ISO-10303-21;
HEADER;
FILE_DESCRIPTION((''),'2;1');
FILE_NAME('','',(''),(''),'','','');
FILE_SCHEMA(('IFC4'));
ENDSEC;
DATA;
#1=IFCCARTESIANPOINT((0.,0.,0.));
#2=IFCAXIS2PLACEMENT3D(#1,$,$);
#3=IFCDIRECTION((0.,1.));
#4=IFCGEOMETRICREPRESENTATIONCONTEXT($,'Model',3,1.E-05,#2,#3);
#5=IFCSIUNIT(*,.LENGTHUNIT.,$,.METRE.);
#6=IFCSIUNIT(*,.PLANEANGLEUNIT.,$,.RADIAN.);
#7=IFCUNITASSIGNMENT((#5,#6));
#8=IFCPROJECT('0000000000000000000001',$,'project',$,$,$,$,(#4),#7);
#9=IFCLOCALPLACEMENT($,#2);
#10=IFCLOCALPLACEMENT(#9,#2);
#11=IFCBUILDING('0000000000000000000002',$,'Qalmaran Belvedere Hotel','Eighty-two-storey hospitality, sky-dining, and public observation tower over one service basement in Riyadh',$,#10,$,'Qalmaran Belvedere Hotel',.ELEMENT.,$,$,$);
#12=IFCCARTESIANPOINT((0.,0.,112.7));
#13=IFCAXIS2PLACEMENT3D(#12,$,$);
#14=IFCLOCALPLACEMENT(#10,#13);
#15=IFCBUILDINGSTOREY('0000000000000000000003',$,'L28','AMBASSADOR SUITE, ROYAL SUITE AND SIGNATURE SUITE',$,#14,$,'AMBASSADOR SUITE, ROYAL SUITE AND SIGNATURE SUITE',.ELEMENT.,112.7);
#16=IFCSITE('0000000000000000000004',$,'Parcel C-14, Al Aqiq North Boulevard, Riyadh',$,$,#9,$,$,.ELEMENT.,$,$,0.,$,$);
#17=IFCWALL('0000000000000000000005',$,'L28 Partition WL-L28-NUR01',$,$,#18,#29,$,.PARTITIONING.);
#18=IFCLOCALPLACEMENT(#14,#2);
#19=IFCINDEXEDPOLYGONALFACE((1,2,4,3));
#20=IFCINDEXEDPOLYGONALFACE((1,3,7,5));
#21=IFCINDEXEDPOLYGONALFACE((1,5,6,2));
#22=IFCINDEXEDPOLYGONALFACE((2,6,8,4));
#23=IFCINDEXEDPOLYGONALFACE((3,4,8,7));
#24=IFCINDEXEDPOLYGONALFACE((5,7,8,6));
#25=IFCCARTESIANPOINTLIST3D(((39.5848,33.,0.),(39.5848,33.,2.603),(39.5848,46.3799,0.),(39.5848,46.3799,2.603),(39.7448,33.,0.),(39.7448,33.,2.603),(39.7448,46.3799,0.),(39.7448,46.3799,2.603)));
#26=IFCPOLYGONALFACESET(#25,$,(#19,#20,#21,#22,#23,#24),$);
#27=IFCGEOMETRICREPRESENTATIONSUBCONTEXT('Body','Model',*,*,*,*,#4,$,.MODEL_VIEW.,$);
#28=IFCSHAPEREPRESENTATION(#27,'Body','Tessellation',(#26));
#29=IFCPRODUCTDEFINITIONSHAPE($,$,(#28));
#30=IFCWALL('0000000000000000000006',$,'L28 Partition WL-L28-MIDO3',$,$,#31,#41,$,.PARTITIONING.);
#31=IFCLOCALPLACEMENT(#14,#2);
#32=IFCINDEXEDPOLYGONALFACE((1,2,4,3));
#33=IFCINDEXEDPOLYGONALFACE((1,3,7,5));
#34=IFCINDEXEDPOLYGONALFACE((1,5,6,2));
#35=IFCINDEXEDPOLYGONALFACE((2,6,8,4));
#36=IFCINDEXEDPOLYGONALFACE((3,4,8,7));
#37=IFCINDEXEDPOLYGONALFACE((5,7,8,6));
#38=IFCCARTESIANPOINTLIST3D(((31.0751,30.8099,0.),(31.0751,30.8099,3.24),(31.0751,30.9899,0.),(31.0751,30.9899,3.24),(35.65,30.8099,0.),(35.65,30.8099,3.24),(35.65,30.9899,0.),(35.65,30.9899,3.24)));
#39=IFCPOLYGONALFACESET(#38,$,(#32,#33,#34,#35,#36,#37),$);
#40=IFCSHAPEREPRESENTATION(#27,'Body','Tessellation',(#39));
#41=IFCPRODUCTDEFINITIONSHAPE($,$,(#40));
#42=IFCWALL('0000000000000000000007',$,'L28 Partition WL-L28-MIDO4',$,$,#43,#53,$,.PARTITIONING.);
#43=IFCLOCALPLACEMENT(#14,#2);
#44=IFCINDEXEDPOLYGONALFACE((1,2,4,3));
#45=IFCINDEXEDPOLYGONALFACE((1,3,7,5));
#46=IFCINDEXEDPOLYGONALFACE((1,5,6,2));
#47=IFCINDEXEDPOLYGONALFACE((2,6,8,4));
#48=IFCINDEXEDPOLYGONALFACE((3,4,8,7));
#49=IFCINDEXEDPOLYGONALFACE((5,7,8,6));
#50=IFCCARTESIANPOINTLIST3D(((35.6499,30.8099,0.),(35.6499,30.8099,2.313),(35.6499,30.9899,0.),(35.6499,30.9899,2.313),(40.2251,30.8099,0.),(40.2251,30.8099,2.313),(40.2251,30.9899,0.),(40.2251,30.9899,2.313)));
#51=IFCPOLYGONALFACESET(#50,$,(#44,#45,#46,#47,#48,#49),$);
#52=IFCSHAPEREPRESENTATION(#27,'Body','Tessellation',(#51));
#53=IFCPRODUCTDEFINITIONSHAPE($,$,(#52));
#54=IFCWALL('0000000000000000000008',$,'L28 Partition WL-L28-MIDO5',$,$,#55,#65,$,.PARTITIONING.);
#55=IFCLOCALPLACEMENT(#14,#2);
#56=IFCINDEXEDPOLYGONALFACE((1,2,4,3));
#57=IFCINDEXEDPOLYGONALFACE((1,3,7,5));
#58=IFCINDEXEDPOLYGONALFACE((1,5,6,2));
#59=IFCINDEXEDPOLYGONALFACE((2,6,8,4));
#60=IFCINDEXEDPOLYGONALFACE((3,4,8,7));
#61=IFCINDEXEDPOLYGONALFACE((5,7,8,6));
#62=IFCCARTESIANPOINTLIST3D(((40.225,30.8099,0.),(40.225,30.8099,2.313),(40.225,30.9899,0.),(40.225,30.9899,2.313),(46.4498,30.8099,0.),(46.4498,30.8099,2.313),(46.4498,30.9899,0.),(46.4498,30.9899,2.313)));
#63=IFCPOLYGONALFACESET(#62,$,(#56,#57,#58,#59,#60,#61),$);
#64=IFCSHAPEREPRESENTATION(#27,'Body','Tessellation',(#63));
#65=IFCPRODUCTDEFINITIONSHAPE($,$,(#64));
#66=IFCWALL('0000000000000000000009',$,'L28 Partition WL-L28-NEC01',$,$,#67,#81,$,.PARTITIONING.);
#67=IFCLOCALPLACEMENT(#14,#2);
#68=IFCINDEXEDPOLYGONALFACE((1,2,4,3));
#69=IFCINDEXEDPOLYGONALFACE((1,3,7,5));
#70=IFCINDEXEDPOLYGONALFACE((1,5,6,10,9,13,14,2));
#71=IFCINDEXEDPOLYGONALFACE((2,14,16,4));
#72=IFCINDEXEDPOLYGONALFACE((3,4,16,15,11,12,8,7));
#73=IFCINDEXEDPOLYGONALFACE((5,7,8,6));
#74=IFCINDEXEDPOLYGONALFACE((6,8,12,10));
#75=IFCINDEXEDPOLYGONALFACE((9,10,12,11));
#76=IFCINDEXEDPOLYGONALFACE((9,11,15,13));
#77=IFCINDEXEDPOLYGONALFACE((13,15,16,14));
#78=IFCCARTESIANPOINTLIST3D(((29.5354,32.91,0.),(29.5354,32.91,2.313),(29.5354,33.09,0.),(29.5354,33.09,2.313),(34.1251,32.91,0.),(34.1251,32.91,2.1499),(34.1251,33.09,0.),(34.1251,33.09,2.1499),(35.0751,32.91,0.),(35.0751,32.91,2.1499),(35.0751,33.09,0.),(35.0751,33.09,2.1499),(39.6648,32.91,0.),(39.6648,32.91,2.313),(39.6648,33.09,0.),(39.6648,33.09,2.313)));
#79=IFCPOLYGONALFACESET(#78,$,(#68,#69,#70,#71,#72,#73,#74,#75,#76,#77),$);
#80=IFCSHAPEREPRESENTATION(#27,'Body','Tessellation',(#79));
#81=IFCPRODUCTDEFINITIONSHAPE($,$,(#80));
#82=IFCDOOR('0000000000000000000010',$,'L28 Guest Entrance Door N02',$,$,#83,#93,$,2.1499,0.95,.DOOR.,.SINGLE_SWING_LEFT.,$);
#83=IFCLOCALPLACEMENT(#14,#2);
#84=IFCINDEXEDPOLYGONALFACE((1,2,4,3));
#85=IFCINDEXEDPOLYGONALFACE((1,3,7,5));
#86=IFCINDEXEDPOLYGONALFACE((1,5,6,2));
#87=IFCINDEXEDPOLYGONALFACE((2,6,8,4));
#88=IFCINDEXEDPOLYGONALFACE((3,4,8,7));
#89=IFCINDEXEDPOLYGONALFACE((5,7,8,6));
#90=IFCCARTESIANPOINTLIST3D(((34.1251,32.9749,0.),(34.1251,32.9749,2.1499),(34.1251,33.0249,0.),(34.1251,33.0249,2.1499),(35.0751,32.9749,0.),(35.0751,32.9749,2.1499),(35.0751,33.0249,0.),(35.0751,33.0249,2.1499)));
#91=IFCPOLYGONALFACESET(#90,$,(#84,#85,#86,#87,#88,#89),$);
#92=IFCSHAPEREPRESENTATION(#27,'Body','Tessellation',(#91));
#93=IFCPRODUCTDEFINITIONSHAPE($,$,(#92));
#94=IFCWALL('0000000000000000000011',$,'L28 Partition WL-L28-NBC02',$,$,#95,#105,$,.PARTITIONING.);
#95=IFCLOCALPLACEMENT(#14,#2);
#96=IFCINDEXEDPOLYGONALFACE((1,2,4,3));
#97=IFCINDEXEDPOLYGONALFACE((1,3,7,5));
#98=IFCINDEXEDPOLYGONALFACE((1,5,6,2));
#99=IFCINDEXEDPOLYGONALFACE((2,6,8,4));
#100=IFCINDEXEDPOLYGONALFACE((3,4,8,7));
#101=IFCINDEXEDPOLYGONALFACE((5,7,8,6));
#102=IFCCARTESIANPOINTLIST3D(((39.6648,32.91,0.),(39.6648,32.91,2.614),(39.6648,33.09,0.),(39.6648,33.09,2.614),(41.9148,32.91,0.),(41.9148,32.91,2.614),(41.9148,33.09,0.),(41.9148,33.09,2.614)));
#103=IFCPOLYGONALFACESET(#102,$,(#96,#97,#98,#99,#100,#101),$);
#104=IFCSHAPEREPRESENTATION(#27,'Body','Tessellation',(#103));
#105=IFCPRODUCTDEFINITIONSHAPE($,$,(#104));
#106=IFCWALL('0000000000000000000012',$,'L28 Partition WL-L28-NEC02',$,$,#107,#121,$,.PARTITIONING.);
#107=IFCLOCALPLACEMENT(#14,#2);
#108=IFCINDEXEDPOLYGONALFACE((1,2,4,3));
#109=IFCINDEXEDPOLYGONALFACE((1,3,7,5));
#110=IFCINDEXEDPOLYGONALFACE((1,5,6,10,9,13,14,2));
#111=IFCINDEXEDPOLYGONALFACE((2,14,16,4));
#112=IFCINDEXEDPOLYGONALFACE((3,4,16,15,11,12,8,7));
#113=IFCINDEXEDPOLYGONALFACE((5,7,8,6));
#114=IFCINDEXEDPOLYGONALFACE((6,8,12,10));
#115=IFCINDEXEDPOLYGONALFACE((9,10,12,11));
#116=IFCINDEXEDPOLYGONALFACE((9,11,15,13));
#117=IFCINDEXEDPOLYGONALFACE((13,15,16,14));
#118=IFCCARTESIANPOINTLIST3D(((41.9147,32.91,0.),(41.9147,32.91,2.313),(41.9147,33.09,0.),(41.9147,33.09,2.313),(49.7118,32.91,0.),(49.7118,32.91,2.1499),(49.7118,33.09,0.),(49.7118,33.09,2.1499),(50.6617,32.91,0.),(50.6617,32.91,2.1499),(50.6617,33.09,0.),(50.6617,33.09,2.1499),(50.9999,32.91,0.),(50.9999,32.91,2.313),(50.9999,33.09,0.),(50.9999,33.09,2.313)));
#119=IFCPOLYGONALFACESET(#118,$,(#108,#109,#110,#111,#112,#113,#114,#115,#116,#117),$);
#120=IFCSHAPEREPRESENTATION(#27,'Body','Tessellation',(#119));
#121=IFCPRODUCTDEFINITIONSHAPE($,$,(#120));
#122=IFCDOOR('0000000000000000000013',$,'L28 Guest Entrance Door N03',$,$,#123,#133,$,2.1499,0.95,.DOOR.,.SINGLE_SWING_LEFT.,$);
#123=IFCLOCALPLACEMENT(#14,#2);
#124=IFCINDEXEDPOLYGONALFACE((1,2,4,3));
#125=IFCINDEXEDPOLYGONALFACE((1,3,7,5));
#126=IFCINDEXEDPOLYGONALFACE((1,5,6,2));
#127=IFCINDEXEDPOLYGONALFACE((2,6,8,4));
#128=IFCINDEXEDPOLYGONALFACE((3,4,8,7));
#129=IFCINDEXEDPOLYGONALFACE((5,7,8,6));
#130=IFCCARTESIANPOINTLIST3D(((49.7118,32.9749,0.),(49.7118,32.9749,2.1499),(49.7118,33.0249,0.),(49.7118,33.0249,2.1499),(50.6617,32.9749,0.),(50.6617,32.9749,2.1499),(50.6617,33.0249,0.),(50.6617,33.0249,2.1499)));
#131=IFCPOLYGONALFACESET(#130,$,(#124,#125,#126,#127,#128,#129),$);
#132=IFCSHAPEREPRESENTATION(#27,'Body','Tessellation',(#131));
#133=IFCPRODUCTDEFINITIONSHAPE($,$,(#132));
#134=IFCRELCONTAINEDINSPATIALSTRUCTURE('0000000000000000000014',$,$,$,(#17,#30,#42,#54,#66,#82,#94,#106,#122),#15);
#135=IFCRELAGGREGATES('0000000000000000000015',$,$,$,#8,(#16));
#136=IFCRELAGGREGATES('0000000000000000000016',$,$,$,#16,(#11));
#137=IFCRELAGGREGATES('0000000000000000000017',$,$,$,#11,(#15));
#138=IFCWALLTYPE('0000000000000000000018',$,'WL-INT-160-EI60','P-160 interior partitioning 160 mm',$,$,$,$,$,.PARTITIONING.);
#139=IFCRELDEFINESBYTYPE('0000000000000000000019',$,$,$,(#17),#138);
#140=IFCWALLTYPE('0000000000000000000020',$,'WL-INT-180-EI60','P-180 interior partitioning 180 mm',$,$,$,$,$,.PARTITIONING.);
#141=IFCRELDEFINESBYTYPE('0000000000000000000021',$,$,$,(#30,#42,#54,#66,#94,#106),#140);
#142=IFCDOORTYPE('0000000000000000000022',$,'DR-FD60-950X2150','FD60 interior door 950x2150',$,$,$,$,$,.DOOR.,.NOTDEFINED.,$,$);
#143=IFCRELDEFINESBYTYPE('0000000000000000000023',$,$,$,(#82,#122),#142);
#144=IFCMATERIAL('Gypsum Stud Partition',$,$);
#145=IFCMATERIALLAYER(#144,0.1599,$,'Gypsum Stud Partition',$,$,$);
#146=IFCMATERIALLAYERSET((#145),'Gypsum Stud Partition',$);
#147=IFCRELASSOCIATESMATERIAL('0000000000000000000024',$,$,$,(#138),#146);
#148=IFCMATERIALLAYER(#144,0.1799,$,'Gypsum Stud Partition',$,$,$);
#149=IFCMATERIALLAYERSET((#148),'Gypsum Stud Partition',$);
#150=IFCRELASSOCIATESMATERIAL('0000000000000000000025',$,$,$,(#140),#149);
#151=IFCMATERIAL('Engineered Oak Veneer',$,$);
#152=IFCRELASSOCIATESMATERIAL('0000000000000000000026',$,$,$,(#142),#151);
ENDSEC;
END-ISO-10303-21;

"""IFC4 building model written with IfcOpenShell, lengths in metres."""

from ifc_helpers import new_model, si_unit, direction, frame, frame_2d, origin, place, context, subcontext, project, spatial, rectangle, extrude, material, layer, layer_set, type_object, element, fill, save


model = new_model("IFC4")

# Units and contexts
model_context = context("Model", 3, precision=1e-05, world=origin(), true_north=direction((0.0, 1.0)))
body_context = subcontext(model_context, "Body", "Model", "MODEL_VIEW")
ifc_project = project(units=[si_unit("LENGTHUNIT", "METRE"), si_unit("PLANEANGLEUNIT", "RADIAN")], contexts=[model_context])

# Site, building, storey
site_placement = place(None, origin())
site = spatial("IfcSite", under=ifc_project, at=site_placement, Name="Parcel C-14, Al Aqiq North Boulevard, Riyadh", CompositionType="ELEMENT", RefElevation=0.0)
building_placement = place(site_placement, origin())
building = spatial("IfcBuilding", under=site, at=building_placement, Name="Qalmaran Belvedere Hotel", Description="Eighty-two-storey hospitality, sky-dining, and public observation tower over one service basement in Riyadh", LongName="Qalmaran Belvedere Hotel", CompositionType="ELEMENT")
storey_placement = place(building_placement, frame((0.0, 0.0, 112.7)))
storey = spatial("IfcBuildingStorey", under=building, at=storey_placement, Name="L28", Description="AMBASSADOR SUITE, ROYAL SUITE AND SIGNATURE SUITE", LongName="AMBASSADOR SUITE, ROYAL SUITE AND SIGNATURE SUITE", CompositionType="ELEMENT", Elevation=112.7)

# Walls
ifc_material_1 = material(Name="Gypsum Stud Partition")
ifc_layer_1 = layer(ifc_material_1, 0.1599, Name="Gypsum Stud Partition")
ifc_layer_set_1 = layer_set([ifc_layer_1], Name="Gypsum Stud Partition")
wall_type_1 = type_object("IfcWallType", Name="WL-INT-160-EI60", Description="P-160 interior partitioning 160 mm", PredefinedType="PARTITIONING", material=ifc_layer_set_1)
wall_1_placement = place(storey_placement, frame((39.6648, 33.0, 0.0), z_axis=(0.0, 0.0, 1.0), x_axis=(0.0, 1.0, 0.0)))
element("IfcWall", 1, at=wall_1_placement, inside=storey, type_object=wall_type_1, Name="L28 Partition WL-L28-NUR01", PredefinedType="PARTITIONING", context=body_context, shape_type="SweptSolid", body=[
    extrude(rectangle(XDim=13.3799, YDim=0.1599, at=frame_2d((6.6899, 0.0))), origin(), (0.0, 0.0, 1.0), 2.603),
])
ifc_layer_2 = layer(ifc_material_1, 0.1799, Name="Gypsum Stud Partition")
ifc_layer_set_2 = layer_set([ifc_layer_2], Name="Gypsum Stud Partition")
wall_type_2 = type_object("IfcWallType", Name="WL-INT-180-EI60", Description="P-180 interior partitioning 180 mm", PredefinedType="PARTITIONING", material=ifc_layer_set_2)
wall_2_placement = place(storey_placement, frame((31.075, 30.8999, 0.0), z_axis=(0.0, 0.0, 1.0), x_axis=(1.0, 0.0, 0.0)))
element("IfcWall", 2, at=wall_2_placement, inside=storey, type_object=wall_type_2, Name="L28 Partition WL-L28-MIDO3", PredefinedType="PARTITIONING", context=body_context, shape_type="SweptSolid", body=[
    extrude(rectangle(XDim=4.575, YDim=0.1799, at=frame_2d((2.2876, 0.0))), origin(), (0.0, 0.0, 1.0), 3.24),
])

# Shared definitions
ifc_material_2 = material(Name="Engineered Oak Veneer")
door_type = type_object("IfcDoorType", Name="DR-FD60-950X2150", Description="FD60 interior door 950x2150", OperationType="NOTDEFINED", PredefinedType="DOOR", material=ifc_material_2)

# Wall
wall_3_placement = place(storey_placement, frame((35.6499, 30.8999, 0.0), z_axis=(0.0, 0.0, 1.0), x_axis=(1.0, 0.0, 0.0)))
element("IfcWall", 3, at=wall_3_placement, inside=storey, type_object=wall_type_2, Name="L28 Partition WL-L28-MIDO4", PredefinedType="PARTITIONING", context=body_context, shape_type="SweptSolid", body=[
    extrude(rectangle(XDim=4.5752, YDim=0.1799, at=frame_2d((2.2876, 0.0))), origin(), (0.0, 0.0, 1.0), 2.313),
])

# Wall
wall_4_placement = place(storey_placement, frame((40.2251, 30.8999, 0.0), z_axis=(0.0, 0.0, 1.0), x_axis=(1.0, 0.0, 0.0)))
element("IfcWall", 4, at=wall_4_placement, inside=storey, type_object=wall_type_2, Name="L28 Partition WL-L28-MIDO5", PredefinedType="PARTITIONING", context=body_context, shape_type="SweptSolid", body=[
    extrude(rectangle(XDim=6.2249, YDim=0.1799, at=frame_2d((3.1123, 0.0))), origin(), (0.0, 0.0, 1.0), 2.313),
])

# Wall, opening, door
wall_5_placement = place(storey_placement, frame((29.5354, 33.0, 0.0), z_axis=(0.0, 0.0, 1.0), x_axis=(1.0, 0.0, 0.0)))
wall_5 = element("IfcWall", 5, at=wall_5_placement, inside=storey, type_object=wall_type_2, Name="L28 Partition WL-L28-NEC01", PredefinedType="PARTITIONING", context=body_context, shape_type="SweptSolid", body=[
    extrude(rectangle(XDim=10.1294, YDim=0.1799, at=frame_2d((5.0647, 0.0))), origin(), (0.0, 0.0, 1.0), 2.313),
])
opening_1_placement = place(wall_5_placement, frame((4.5896, 0.0, 0.0)))
opening_1 = element("IfcOpeningElement", 6, at=opening_1_placement, cuts=wall_5, PredefinedType="OPENING", context=body_context, shape_type="SweptSolid", body=[
    extrude(rectangle(XDim=0.95, YDim=2.1499, at=frame_2d((0.4751, 1.075))), frame((0.0, 0.1001, 0.0), z_axis=(0.0, -1.0, 0.0), x_axis=(1.0, 0.0, 0.0)), (0.0, 0.0, 1.0), 0.2),
])
door_1_placement = place(opening_1_placement, origin())
door_1 = element("IfcDoor", 7, at=door_1_placement, inside=storey, type_object=door_type, Name="L28 Guest Entrance Door N02", OperationType="SINGLE_SWING_LEFT", OverallHeight=2.1499, OverallWidth=0.95, PredefinedType="DOOR", context=body_context, shape_type="SweptSolid", body=[
    extrude(rectangle(XDim=0.95, YDim=2.1499, at=frame_2d((0.4751, 1.075))), frame((0.0, 0.0249, 0.0), z_axis=(0.0, -1.0, 0.0), x_axis=(1.0, 0.0, 0.0)), (0.0, 0.0, 1.0), 0.05),
])
fill(opening_1, door_1)

# Wall
wall_6_placement = place(storey_placement, frame((39.6648, 33.0, 0.0), z_axis=(0.0, 0.0, 1.0), x_axis=(1.0, 0.0, 0.0)))
element("IfcWall", 8, at=wall_6_placement, inside=storey, type_object=wall_type_2, Name="L28 Partition WL-L28-NBC02", PredefinedType="PARTITIONING", context=body_context, shape_type="SweptSolid", body=[
    extrude(rectangle(XDim=2.25, YDim=0.1799, at=frame_2d((1.125, 0.0))), origin(), (0.0, 0.0, 1.0), 2.614),
])

# Wall, opening, door
wall_7_placement = place(storey_placement, frame((41.9148, 33.0, 0.0), z_axis=(0.0, 0.0, 1.0), x_axis=(1.0, 0.0, 0.0)))
wall_7 = element("IfcWall", 9, at=wall_7_placement, inside=storey, type_object=wall_type_2, Name="L28 Partition WL-L28-NEC02", PredefinedType="PARTITIONING", context=body_context, shape_type="SweptSolid", body=[
    extrude(rectangle(XDim=9.0852, YDim=0.1799, at=frame_2d((4.5425, 0.0))), origin(), (0.0, 0.0, 1.0), 2.313),
])
opening_2_placement = place(wall_7_placement, frame((7.7969, 0.0, 0.0)))
opening_2 = element("IfcOpeningElement", 10, at=opening_2_placement, cuts=wall_7, PredefinedType="OPENING", context=body_context, shape_type="SweptSolid", body=[
    extrude(rectangle(XDim=0.95, YDim=2.1499, at=frame_2d((0.4751, 1.075))), frame((0.0, 0.1001, 0.0), z_axis=(0.0, -1.0, 0.0), x_axis=(1.0, 0.0, 0.0)), (0.0, 0.0, 1.0), 0.2),
])
door_2_placement = place(opening_2_placement, origin())
door_2 = element("IfcDoor", 11, at=door_2_placement, inside=storey, type_object=door_type, Name="L28 Guest Entrance Door N03", OperationType="SINGLE_SWING_LEFT", OverallHeight=2.1499, OverallWidth=0.95, PredefinedType="DOOR", context=body_context, shape_type="SweptSolid", body=[
    extrude(rectangle(XDim=0.95, YDim=2.1499, at=frame_2d((0.4751, 1.075))), frame((0.0, 0.0249, 0.0), z_axis=(0.0, -1.0, 0.0), x_axis=(1.0, 0.0, 0.0)), (0.0, 0.0, 1.0), 0.05),
])
fill(opening_2, door_2)

save(model, "model.ifc")
